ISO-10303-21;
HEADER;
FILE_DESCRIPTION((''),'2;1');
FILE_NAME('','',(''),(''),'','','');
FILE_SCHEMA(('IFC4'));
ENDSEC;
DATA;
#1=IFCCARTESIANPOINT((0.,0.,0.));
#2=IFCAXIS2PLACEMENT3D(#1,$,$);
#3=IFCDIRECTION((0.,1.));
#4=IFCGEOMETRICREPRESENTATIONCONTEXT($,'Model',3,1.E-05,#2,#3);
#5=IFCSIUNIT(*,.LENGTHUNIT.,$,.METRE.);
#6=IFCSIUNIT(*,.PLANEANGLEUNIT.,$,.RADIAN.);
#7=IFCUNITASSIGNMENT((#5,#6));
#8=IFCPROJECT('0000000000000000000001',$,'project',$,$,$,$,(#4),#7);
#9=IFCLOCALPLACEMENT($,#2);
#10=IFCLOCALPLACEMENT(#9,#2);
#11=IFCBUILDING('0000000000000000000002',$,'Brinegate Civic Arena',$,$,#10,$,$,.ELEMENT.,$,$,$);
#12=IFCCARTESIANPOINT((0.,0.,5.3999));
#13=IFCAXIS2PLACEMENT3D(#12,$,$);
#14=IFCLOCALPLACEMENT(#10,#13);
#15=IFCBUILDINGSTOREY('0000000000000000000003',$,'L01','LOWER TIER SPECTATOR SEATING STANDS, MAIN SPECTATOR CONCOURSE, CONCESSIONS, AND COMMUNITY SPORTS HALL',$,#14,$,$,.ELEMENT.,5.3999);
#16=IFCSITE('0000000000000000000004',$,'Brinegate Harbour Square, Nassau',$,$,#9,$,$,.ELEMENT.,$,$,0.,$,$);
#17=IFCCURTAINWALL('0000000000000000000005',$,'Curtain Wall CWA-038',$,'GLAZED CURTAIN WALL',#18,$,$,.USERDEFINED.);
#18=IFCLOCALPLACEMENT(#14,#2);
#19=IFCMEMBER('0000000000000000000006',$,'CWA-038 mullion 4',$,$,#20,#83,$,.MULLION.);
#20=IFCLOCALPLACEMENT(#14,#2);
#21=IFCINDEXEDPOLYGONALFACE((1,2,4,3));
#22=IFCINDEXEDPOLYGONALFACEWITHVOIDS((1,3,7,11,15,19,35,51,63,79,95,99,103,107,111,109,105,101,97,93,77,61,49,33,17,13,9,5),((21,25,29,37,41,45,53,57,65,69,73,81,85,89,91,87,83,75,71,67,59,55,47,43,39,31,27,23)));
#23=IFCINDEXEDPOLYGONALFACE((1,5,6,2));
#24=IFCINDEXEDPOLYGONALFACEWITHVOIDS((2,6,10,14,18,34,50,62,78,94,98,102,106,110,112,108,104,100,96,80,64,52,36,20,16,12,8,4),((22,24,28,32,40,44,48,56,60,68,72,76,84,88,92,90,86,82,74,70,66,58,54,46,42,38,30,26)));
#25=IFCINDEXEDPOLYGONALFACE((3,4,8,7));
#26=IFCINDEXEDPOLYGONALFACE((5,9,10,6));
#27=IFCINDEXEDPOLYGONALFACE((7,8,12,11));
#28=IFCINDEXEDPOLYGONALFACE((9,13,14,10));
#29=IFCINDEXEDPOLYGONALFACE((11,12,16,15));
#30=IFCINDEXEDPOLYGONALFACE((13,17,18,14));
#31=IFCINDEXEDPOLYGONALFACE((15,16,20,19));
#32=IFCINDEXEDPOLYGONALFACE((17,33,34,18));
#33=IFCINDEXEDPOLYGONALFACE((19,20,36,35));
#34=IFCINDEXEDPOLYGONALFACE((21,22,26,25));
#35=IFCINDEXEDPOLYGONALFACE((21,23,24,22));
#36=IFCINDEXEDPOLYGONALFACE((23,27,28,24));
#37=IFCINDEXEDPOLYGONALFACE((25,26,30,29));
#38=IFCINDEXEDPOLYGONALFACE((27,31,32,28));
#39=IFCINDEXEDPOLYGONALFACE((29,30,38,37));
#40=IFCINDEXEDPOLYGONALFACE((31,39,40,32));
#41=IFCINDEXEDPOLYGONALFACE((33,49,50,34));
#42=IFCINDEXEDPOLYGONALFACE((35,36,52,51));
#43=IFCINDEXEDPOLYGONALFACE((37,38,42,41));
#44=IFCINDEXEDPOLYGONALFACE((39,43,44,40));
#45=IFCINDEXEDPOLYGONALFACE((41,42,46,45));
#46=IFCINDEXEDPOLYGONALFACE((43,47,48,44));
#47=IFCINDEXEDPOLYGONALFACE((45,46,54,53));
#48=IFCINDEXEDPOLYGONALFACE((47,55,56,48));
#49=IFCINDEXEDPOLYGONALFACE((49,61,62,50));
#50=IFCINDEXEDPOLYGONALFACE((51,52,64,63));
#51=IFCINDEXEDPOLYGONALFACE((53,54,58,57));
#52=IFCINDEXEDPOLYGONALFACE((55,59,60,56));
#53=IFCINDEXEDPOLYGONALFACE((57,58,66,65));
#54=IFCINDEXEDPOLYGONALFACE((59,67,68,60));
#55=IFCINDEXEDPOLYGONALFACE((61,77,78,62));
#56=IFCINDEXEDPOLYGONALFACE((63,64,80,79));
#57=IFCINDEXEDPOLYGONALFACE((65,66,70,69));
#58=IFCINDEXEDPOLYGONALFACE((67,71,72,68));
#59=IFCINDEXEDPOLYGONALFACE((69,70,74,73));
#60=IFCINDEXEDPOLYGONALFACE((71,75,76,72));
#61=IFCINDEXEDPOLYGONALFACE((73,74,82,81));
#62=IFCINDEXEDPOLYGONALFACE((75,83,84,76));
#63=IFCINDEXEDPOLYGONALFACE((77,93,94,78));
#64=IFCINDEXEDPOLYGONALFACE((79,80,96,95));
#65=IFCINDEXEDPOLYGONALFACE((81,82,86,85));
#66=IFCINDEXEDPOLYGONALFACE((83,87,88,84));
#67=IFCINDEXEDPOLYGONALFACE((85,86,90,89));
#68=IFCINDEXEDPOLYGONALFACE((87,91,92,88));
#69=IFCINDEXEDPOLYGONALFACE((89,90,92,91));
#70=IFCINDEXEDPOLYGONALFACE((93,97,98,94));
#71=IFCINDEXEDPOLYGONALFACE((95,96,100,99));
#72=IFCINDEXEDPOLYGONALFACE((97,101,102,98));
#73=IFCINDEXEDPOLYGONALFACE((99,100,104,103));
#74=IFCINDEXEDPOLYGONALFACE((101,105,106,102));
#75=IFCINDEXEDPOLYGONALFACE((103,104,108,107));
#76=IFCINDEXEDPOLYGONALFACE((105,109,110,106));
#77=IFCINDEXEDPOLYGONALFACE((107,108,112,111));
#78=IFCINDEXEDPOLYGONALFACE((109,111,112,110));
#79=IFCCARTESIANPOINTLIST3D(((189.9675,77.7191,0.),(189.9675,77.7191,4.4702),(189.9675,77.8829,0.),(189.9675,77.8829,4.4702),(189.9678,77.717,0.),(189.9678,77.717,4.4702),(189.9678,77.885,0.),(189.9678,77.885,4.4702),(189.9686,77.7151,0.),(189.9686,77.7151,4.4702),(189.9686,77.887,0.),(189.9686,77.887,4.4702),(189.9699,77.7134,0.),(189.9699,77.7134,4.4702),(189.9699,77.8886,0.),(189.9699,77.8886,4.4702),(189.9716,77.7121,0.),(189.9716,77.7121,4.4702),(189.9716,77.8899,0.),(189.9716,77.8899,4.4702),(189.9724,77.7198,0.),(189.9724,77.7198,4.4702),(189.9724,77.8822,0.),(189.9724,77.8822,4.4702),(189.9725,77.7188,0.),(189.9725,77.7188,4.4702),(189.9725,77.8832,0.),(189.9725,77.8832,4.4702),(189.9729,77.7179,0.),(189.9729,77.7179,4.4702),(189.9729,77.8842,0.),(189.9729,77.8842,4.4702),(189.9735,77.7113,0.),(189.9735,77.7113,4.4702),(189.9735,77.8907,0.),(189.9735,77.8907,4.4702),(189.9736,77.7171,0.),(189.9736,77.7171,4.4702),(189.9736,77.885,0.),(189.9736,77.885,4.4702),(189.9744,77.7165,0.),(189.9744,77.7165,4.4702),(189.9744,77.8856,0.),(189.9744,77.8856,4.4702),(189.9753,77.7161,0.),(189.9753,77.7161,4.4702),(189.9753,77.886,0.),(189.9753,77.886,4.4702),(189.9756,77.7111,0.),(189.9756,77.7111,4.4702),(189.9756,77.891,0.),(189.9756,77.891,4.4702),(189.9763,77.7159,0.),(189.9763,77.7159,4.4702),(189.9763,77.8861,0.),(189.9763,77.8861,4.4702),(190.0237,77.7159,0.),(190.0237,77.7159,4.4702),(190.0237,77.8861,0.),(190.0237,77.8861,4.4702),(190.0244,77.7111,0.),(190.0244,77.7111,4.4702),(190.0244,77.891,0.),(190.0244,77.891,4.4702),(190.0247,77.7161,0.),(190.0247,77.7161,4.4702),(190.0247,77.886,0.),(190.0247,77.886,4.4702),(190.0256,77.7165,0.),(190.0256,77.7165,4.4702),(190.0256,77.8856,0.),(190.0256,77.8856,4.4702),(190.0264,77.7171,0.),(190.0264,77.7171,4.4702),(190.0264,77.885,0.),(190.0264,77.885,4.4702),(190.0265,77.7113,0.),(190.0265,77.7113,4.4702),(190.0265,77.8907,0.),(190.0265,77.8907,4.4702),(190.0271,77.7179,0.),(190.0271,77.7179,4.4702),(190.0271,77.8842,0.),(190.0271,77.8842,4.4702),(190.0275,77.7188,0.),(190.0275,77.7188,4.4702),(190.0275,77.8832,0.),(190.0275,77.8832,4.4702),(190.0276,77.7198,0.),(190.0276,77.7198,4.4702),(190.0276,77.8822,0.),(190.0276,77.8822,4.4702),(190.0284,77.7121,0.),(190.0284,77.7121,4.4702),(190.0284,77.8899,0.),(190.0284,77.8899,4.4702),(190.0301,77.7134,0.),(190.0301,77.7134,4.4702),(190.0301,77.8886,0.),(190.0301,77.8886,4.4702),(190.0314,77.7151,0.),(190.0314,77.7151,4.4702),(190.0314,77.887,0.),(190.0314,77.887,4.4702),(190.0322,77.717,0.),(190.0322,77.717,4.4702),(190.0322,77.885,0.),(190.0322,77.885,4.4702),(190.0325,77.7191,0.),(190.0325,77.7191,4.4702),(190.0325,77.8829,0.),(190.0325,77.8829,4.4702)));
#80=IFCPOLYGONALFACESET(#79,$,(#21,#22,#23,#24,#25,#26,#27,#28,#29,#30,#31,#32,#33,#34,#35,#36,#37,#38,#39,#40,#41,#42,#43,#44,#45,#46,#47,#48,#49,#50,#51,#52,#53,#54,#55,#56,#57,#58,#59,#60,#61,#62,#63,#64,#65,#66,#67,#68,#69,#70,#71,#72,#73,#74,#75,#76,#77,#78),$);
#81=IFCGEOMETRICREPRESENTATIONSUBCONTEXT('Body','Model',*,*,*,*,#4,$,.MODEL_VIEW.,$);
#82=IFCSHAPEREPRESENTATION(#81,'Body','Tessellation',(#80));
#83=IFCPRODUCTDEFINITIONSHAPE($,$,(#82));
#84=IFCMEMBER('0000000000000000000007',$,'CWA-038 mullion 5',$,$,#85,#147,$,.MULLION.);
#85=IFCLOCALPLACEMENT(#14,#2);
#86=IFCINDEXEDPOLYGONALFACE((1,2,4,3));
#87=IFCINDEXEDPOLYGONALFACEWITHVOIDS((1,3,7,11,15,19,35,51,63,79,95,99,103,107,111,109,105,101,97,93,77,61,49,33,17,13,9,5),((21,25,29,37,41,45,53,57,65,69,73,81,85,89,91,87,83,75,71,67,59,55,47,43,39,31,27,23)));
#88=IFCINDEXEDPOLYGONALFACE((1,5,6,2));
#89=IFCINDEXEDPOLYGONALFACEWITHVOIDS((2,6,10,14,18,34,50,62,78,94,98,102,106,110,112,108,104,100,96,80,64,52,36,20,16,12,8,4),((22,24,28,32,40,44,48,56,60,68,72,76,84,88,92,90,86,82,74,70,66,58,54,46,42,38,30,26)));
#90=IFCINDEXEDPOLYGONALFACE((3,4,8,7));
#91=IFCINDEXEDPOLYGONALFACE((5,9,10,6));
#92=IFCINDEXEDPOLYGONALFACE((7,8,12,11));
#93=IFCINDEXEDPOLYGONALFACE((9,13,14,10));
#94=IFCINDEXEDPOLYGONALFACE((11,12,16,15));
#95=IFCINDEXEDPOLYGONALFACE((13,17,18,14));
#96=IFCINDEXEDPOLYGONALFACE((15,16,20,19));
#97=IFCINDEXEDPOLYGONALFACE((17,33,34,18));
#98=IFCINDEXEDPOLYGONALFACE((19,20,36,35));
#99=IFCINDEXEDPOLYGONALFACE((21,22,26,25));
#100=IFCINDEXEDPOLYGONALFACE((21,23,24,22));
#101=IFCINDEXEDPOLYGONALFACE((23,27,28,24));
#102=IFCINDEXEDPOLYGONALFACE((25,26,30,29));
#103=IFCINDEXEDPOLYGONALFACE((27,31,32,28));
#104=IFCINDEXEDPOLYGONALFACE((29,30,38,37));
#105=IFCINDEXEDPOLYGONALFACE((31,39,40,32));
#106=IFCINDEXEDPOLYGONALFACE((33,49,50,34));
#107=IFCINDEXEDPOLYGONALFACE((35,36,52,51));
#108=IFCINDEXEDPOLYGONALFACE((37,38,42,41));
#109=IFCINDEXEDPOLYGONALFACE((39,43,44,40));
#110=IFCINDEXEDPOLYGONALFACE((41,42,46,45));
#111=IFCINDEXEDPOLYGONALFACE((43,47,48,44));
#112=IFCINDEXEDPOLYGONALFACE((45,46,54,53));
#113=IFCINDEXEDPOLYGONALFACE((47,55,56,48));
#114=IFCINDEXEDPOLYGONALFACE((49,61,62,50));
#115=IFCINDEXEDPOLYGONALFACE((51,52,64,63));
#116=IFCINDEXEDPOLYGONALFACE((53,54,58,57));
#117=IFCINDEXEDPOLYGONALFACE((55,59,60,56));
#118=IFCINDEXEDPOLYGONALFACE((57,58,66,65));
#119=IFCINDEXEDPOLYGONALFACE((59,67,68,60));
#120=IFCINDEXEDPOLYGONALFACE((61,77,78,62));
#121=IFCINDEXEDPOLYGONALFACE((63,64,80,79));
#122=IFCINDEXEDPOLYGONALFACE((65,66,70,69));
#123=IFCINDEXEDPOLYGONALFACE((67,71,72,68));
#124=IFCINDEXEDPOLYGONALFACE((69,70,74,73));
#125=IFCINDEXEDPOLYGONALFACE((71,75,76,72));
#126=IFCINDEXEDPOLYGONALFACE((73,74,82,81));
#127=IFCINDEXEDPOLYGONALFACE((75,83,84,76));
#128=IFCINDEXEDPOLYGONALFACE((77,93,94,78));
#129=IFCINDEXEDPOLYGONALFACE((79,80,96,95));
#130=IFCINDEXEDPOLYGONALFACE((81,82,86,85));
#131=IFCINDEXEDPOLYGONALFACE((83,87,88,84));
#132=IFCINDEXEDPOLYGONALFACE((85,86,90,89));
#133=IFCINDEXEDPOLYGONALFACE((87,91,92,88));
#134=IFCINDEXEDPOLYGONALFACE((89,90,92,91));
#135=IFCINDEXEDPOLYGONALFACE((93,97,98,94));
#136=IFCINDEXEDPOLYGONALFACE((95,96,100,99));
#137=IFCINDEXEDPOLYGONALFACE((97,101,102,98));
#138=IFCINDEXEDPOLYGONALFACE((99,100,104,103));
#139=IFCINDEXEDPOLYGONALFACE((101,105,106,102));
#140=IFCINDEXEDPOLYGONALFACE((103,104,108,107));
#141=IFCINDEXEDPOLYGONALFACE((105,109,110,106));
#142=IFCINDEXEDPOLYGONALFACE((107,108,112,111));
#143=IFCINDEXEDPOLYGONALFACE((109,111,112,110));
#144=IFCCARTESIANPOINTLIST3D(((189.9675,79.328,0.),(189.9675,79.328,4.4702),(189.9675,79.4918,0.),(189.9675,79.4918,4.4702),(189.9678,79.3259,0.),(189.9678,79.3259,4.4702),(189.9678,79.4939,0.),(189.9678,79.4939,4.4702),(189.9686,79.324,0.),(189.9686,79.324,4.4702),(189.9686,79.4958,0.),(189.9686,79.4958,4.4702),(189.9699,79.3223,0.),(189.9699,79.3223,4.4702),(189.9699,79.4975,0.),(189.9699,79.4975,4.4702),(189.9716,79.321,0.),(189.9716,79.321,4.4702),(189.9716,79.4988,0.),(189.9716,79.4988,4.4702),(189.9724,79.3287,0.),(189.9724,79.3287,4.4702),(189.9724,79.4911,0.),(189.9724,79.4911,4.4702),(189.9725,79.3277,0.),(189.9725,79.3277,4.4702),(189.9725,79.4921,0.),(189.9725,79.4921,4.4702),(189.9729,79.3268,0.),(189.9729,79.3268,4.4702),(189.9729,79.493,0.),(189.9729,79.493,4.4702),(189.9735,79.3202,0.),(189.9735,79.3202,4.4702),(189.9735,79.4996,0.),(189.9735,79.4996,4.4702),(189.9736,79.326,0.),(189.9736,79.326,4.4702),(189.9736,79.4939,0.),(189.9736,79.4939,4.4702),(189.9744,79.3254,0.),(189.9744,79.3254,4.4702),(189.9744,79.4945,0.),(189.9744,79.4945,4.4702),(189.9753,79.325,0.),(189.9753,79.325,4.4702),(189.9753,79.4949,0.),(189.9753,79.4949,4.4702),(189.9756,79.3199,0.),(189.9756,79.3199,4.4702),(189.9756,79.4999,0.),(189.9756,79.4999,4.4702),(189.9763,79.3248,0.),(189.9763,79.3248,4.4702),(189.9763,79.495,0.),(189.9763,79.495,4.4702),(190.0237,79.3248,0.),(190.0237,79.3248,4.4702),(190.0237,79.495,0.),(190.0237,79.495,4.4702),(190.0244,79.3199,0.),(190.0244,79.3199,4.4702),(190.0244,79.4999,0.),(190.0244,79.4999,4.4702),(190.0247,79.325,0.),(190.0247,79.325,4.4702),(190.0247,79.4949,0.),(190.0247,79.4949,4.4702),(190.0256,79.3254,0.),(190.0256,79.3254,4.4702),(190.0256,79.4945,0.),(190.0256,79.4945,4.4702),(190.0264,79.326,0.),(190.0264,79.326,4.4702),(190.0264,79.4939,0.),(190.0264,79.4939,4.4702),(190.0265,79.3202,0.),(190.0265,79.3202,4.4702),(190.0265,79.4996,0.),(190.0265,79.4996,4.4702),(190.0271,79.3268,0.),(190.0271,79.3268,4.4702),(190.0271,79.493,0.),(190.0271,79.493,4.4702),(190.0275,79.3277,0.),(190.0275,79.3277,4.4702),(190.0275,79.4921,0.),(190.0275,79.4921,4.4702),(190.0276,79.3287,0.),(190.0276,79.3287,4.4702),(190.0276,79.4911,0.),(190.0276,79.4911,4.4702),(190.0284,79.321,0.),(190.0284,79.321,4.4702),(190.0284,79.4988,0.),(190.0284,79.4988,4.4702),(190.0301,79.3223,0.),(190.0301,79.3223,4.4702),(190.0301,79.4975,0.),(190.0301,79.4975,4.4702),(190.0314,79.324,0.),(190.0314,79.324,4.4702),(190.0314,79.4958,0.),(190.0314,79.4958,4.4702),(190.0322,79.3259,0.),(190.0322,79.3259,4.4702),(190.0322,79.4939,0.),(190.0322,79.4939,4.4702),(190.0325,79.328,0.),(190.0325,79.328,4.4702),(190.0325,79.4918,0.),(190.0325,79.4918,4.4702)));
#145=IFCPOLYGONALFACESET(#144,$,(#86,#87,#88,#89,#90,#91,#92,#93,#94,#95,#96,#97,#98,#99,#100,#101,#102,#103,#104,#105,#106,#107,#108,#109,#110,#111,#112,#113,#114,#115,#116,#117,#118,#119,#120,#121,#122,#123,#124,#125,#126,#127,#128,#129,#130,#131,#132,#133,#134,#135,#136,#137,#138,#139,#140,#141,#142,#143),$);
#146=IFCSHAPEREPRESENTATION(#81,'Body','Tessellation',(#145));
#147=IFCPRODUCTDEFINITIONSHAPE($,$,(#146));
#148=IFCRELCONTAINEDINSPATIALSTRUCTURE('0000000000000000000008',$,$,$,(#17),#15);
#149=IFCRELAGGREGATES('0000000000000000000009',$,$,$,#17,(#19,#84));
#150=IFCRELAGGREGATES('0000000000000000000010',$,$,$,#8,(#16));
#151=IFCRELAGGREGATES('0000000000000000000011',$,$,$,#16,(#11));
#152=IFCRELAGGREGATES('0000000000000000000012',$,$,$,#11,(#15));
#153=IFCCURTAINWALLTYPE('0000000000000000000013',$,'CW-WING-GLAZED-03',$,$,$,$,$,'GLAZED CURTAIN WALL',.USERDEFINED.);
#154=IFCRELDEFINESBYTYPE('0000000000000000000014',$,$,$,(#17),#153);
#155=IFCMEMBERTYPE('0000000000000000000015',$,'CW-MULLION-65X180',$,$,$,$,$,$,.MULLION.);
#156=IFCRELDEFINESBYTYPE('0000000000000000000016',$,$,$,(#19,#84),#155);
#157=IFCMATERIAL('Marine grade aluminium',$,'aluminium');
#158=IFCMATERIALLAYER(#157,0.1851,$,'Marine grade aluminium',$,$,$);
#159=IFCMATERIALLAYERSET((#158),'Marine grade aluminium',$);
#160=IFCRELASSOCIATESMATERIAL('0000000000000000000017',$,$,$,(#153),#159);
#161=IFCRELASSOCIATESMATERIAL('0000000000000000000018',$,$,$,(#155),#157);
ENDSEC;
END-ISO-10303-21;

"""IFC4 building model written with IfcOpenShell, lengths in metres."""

from ifc_helpers import new_model, si_unit, direction, frame, origin, origin_2d, place, context, subcontext, project, spatial, hollow_rectangle, extrude, material, layer, layer_set, material_profile, profile_set, type_object, element, aggregate, save


model = new_model("IFC4")

# Units and contexts
model_context = context("Model", 3, precision=1e-05, world=origin(), true_north=direction((0.0, 1.0)))
body_context = subcontext(model_context, "Body", "Model", "MODEL_VIEW")
ifc_project = project(units=[si_unit("LENGTHUNIT", "METRE"), si_unit("PLANEANGLEUNIT", "RADIAN")], contexts=[model_context])

# Site, building, storey
site_placement = place(None, origin())
site = spatial("IfcSite", under=ifc_project, at=site_placement, Name="Brinegate Harbour Square, Nassau", CompositionType="ELEMENT", RefElevation=0.0)
building_placement = place(site_placement, origin())
building = spatial("IfcBuilding", under=site, at=building_placement, Name="Brinegate Civic Arena", CompositionType="ELEMENT")
storey_placement = place(building_placement, frame((0.0, 0.0, 5.3999)))
storey = spatial("IfcBuildingStorey", under=building, at=storey_placement, Name="L01", Description="LOWER TIER SPECTATOR SEATING STANDS, MAIN SPECTATOR CONCOURSE, CONCESSIONS, AND COMMUNITY SPORTS HALL", CompositionType="ELEMENT", Elevation=5.3999)

# Curtain wall, members
ifc_material_1 = material(Name="Marine grade aluminium", Category="aluminium")
ifc_layer_1 = layer(ifc_material_1, 0.1851, Name="Marine grade aluminium")
ifc_layer_set_1 = layer_set([ifc_layer_1], Name="Marine grade aluminium")
curtain_wall_type = type_object("IfcCurtainWallType", Name="CW-WING-GLAZED-03", ElementType="GLAZED CURTAIN WALL", PredefinedType="USERDEFINED", material=ifc_layer_set_1)
curtain_wall_placement = place(storey_placement, origin())
curtain_wall = element("IfcCurtainWall", 1, at=curtain_wall_placement, inside=storey, type_object=curtain_wall_type, Name="Curtain Wall CWA-038", ObjectType="GLAZED CURTAIN WALL", PredefinedType="USERDEFINED")
ifc_material_profile_1 = material_profile(ifc_material_1, hollow_rectangle(XDim=0.0649, YDim=0.1799, WallThickness=0.0049, InnerFilletRadius=0.0039, OuterFilletRadius=0.0081, at=origin_2d()), Name="MUL65X180")
ifc_profile_set_1 = profile_set([ifc_material_profile_1], Name="Marine grade aluminium")
member_type_1 = type_object("IfcMemberType", Name="CW-MULLION-65X180", PredefinedType="MULLION", material=ifc_profile_set_1)
member_1_placement = place(storey_placement, frame((190.0, 77.801, 0.0), z_axis=(0.0, 0.0, 1.0), x_axis=(-1.0, 0.0, 0.0)))
member_1 = element("IfcMember", 2, at=member_1_placement, type_object=member_type_1, Name="CWA-038 mullion 4", PredefinedType="MULLION", context=body_context, shape_type="SweptSolid", body=[
    extrude(hollow_rectangle(XDim=0.0649, YDim=0.1799, WallThickness=0.0049, InnerFilletRadius=0.0039, OuterFilletRadius=0.0081, at=origin_2d()), origin(), (0.0, 0.0, 1.0), 4.4702),
])
member_2_placement = place(storey_placement, frame((190.0, 79.4099, 0.0), z_axis=(0.0, 0.0, 1.0), x_axis=(-1.0, 0.0, 0.0)))
member_2 = element("IfcMember", 3, at=member_2_placement, type_object=member_type_1, Name="CWA-038 mullion 5", PredefinedType="MULLION", context=body_context, shape_type="SweptSolid", body=[
    extrude(hollow_rectangle(XDim=0.0649, YDim=0.1799, WallThickness=0.0049, InnerFilletRadius=0.0039, OuterFilletRadius=0.0081, at=origin_2d()), origin(), (0.0, 0.0, 1.0), 4.4702),
])

aggregate(curtain_wall, [member_1, member_2])

save(model, "model.ifc")
